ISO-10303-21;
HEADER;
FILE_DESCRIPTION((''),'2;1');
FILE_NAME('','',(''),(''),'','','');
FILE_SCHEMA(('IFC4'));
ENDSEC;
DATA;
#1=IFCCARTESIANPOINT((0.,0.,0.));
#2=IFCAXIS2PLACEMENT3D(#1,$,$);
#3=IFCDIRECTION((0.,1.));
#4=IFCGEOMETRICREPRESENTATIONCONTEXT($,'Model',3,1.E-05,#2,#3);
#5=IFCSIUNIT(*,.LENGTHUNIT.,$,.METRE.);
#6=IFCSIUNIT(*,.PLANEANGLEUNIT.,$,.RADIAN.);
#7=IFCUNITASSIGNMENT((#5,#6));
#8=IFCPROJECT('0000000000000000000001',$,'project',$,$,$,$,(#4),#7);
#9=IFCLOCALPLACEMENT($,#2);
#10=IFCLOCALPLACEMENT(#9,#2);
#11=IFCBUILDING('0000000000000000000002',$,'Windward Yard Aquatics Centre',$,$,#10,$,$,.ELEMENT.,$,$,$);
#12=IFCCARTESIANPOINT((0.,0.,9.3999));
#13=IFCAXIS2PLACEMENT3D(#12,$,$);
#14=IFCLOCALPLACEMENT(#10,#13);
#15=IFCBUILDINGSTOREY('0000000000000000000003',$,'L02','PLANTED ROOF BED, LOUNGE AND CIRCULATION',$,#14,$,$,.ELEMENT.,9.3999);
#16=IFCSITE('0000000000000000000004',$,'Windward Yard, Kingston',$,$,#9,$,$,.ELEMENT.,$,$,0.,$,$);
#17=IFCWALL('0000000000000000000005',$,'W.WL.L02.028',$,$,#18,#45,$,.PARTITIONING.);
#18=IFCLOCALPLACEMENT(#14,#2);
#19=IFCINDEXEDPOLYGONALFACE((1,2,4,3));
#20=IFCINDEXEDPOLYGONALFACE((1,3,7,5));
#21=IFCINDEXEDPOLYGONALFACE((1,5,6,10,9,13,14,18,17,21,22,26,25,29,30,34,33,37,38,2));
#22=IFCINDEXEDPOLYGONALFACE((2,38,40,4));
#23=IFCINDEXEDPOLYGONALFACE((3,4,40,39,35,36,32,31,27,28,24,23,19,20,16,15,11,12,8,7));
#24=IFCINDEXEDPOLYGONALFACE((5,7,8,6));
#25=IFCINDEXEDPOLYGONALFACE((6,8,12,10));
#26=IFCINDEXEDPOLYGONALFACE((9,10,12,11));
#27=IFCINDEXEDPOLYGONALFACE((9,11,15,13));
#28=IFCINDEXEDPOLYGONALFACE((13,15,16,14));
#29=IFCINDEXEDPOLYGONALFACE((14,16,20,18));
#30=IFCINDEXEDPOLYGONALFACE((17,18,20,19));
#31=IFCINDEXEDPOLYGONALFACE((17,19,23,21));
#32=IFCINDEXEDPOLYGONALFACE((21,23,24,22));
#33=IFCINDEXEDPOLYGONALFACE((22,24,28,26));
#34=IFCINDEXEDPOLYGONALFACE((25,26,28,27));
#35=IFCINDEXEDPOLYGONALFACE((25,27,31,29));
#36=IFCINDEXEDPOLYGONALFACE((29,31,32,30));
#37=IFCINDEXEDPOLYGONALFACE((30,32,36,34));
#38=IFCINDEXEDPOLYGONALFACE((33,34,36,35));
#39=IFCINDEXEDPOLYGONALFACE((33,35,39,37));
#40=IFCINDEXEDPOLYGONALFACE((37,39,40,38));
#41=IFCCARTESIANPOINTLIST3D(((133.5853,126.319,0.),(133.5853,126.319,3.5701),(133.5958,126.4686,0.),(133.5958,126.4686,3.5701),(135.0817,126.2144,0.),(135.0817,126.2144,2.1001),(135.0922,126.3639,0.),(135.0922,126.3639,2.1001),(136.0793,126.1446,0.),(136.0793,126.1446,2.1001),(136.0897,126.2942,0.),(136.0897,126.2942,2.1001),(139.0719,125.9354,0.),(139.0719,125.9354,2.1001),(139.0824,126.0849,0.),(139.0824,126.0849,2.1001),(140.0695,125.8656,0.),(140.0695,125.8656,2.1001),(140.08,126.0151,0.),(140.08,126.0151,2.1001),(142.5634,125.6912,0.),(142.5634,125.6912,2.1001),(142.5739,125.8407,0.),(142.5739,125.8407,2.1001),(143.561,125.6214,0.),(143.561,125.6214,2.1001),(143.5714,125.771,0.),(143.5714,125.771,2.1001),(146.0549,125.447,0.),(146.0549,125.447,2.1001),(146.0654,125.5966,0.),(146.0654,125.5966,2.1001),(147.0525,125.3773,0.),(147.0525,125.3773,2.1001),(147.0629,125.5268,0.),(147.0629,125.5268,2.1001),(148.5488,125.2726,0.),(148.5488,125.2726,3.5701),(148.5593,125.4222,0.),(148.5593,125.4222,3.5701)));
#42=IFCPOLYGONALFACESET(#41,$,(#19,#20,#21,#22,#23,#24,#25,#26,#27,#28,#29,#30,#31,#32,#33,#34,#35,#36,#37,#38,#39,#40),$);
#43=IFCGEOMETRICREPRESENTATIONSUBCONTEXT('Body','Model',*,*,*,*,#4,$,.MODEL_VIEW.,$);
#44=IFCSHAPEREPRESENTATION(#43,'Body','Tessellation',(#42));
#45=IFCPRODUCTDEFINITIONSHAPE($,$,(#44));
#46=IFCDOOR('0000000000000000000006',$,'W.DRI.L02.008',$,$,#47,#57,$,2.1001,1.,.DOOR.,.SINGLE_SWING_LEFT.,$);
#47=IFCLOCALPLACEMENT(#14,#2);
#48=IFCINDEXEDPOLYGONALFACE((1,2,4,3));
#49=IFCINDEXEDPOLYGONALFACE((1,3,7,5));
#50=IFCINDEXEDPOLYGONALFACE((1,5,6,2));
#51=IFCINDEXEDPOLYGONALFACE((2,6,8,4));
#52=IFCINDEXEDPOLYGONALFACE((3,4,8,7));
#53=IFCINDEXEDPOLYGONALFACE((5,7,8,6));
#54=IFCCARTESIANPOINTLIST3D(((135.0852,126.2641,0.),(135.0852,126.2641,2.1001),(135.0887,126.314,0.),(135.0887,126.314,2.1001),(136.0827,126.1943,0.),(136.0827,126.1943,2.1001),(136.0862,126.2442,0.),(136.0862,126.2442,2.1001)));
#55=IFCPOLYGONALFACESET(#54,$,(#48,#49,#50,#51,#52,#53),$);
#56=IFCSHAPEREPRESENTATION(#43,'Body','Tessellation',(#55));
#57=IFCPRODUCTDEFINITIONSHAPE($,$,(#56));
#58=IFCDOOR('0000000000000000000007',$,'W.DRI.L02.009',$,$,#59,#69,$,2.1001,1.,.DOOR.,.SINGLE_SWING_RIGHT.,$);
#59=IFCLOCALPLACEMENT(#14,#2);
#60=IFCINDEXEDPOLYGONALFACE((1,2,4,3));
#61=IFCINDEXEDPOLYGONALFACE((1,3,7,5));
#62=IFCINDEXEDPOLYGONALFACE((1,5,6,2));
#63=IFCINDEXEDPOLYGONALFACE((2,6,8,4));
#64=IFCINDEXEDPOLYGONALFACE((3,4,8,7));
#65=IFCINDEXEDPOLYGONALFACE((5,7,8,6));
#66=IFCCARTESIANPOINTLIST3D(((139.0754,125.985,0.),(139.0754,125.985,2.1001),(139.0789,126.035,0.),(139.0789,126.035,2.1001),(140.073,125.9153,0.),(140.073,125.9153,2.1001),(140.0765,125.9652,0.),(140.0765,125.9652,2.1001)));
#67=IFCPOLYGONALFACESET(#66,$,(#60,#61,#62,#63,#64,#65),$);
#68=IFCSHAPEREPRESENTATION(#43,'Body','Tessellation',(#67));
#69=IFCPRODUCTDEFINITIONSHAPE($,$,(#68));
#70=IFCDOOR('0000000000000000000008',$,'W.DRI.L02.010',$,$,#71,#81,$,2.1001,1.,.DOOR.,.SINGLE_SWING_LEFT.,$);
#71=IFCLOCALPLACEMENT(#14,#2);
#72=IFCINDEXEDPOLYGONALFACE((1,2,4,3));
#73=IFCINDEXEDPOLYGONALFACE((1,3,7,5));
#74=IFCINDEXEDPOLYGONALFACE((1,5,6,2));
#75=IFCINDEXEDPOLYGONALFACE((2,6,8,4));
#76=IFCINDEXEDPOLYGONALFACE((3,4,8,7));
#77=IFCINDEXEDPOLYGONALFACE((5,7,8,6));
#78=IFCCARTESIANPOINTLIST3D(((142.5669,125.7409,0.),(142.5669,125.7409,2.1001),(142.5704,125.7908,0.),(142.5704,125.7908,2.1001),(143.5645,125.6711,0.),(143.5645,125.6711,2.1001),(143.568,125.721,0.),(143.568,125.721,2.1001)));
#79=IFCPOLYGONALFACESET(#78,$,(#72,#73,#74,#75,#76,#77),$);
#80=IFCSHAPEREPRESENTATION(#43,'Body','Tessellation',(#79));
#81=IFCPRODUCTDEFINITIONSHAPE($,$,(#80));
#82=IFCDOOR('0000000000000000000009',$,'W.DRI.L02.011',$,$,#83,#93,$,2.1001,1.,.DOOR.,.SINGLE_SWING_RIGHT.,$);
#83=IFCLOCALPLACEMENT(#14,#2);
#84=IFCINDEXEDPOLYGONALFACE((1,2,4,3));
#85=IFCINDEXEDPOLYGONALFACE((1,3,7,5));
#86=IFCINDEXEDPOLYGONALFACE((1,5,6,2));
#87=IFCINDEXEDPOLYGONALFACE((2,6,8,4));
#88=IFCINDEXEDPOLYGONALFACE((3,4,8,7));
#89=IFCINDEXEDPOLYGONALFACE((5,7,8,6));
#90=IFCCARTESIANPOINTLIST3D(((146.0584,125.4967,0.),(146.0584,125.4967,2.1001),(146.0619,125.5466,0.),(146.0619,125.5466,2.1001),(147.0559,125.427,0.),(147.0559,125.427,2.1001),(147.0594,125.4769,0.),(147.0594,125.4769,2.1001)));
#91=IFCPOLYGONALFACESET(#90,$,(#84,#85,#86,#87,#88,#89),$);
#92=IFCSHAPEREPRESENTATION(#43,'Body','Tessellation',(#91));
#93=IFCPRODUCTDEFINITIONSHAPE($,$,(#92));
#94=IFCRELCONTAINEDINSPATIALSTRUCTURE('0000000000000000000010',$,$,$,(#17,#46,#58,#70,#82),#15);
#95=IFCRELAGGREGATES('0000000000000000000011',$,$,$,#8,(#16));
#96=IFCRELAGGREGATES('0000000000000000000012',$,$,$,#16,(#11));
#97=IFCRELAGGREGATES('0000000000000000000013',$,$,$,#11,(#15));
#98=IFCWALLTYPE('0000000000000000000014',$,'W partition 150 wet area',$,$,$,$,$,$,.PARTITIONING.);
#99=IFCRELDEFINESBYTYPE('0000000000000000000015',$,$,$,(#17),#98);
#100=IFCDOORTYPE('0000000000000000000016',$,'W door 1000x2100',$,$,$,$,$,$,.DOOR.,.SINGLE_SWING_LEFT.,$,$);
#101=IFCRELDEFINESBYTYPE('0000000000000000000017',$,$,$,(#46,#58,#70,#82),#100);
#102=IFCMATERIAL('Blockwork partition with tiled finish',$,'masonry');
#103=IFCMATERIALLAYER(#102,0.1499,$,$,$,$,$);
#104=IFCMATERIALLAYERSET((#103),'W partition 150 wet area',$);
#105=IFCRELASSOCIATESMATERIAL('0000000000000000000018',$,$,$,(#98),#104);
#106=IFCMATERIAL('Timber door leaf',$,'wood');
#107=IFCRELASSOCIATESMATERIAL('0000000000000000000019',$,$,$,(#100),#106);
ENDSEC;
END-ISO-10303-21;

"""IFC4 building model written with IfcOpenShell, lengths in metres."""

from ifc_helpers import new_model, si_unit, direction, frame, frame_2d, origin, place, context, subcontext, project, spatial, rectangle, extrude, material, layer, layer_set, type_object, element, fill, save


model = new_model("IFC4")

# Units and contexts
model_context = context("Model", 3, precision=1e-05, world=origin(), true_north=direction((0.0, 1.0)))
body_context = subcontext(model_context, "Body", "Model", "MODEL_VIEW")
ifc_project = project(units=[si_unit("LENGTHUNIT", "METRE"), si_unit("PLANEANGLEUNIT", "RADIAN")], contexts=[model_context])

# Site, building, storey
site_placement = place(None, origin())
site = spatial("IfcSite", under=ifc_project, at=site_placement, Name="Windward Yard, Kingston", CompositionType="ELEMENT", RefElevation=0.0)
building_placement = place(site_placement, origin())
building = spatial("IfcBuilding", under=site, at=building_placement, Name="Windward Yard Aquatics Centre", CompositionType="ELEMENT")
storey_placement = place(building_placement, frame((0.0, 0.0, 9.3999)))
storey = spatial("IfcBuildingStorey", under=building, at=storey_placement, Name="L02", Description="PLANTED ROOF BED, LOUNGE AND CIRCULATION", CompositionType="ELEMENT", Elevation=9.3999)

# Shared definitions
ifc_material_1 = material(Name="Blockwork partition with tiled finish", Category="masonry")
ifc_layer_1 = layer(ifc_material_1, 0.1499)
ifc_layer_set_1 = layer_set([ifc_layer_1], Name="W partition 150 wet area")
wall_type_1 = type_object("IfcWallType", Name="W partition 150 wet area", PredefinedType="PARTITIONING", material=ifc_layer_set_1)

# Wall, openings, doors
ifc_material_2 = material(Name="Timber door leaf", Category="wood")
door_type_1 = type_object("IfcDoorType", Name="W door 1000x2100", OperationType="SINGLE_SWING_LEFT", PredefinedType="DOOR", material=ifc_material_2)
wall_1_placement = place(storey_placement, frame((133.5906, 126.3938, 0.0), z_axis=(0.0, 0.0, 1.0), x_axis=(0.997564, -0.069759, 0.0)))
wall_1 = element("IfcWall", 1, at=wall_1_placement, inside=storey, type_object=wall_type_1, Name="W.WL.L02.028", PredefinedType="PARTITIONING", context=body_context, shape_type="SweptSolid", body=[
    extrude(rectangle(XDim=15.0, YDim=0.1499, at=frame_2d((7.5, 0.0))), origin(), (0.0, 0.0, 1.0), 3.5701),
])
opening_1_placement = place(wall_1_placement, frame((1.5, 0.0, 0.0)))
opening_1 = element("IfcOpeningElement", 2, at=opening_1_placement, cuts=wall_1, PredefinedType="OPENING", context=body_context, shape_type="SweptSolid", body=[
    extrude(rectangle(XDim=1.0, YDim=2.1001, at=frame_2d((0.5, 1.05))), frame((0.0, 0.085, 0.0), z_axis=(0.0, -1.0, 0.0), x_axis=(1.0, 0.0, 0.0)), (0.0, 0.0, 1.0), 0.1699),
])
opening_2_placement = place(wall_1_placement, frame((5.5, 0.0, 0.0)))
opening_2 = element("IfcOpeningElement", 3, at=opening_2_placement, cuts=wall_1, PredefinedType="OPENING", context=body_context, shape_type="SweptSolid", body=[
    extrude(rectangle(XDim=1.0, YDim=2.1001, at=frame_2d((0.5, 1.05))), frame((0.0, 0.085, 0.0), z_axis=(0.0, -1.0, 0.0), x_axis=(1.0, 0.0, 0.0)), (0.0, 0.0, 1.0), 0.1699),
])
opening_3_placement = place(wall_1_placement, frame((9.0, 0.0, 0.0)))
opening_3 = element("IfcOpeningElement", 4, at=opening_3_placement, cuts=wall_1, PredefinedType="OPENING", context=body_context, shape_type="SweptSolid", body=[
    extrude(rectangle(XDim=1.0, YDim=2.1001, at=frame_2d((0.5, 1.05))), frame((0.0, 0.085, 0.0), z_axis=(0.0, -1.0, 0.0), x_axis=(1.0, 0.0, 0.0)), (0.0, 0.0, 1.0), 0.1699),
])
opening_4_placement = place(wall_1_placement, frame((12.5, 0.0, 0.0)))
opening_4 = element("IfcOpeningElement", 5, at=opening_4_placement, cuts=wall_1, PredefinedType="OPENING", context=body_context, shape_type="SweptSolid", body=[
    extrude(rectangle(XDim=1.0, YDim=2.1001, at=frame_2d((0.5, 1.05))), frame((0.0, 0.085, 0.0), z_axis=(0.0, -1.0, 0.0), x_axis=(1.0, 0.0, 0.0)), (0.0, 0.0, 1.0), 0.1699),
])
door_1_placement = place(opening_1_placement, origin())
door_1 = element("IfcDoor", 6, at=door_1_placement, inside=storey, type_object=door_type_1, Name="W.DRI.L02.008", OperationType="SINGLE_SWING_LEFT", OverallHeight=2.1001, OverallWidth=1.0, PredefinedType="DOOR", context=body_context, shape_type="SweptSolid", body=[
    extrude(rectangle(XDim=1.0, YDim=2.1001, at=frame_2d((0.5, 1.05))), frame((0.0, 0.0249, 0.0), z_axis=(0.0, -1.0, 0.0), x_axis=(1.0, 0.0, 0.0)), (0.0, 0.0, 1.0), 0.05),
])
fill(opening_1, door_1)
door_2_placement = place(opening_2_placement, origin())
door_2 = element("IfcDoor", 7, at=door_2_placement, inside=storey, type_object=door_type_1, Name="W.DRI.L02.009", OperationType="SINGLE_SWING_RIGHT", OverallHeight=2.1001, OverallWidth=1.0, PredefinedType="DOOR", context=body_context, shape_type="SweptSolid", body=[
    extrude(rectangle(XDim=1.0, YDim=2.1001, at=frame_2d((0.5, 1.05))), frame((0.0, 0.0249, 0.0), z_axis=(0.0, -1.0, 0.0), x_axis=(1.0, 0.0, 0.0)), (0.0, 0.0, 1.0), 0.05),
])
fill(opening_2, door_2)
door_3_placement = place(opening_3_placement, origin())
door_3 = element("IfcDoor", 8, at=door_3_placement, inside=storey, type_object=door_type_1, Name="W.DRI.L02.010", OperationType="SINGLE_SWING_LEFT", OverallHeight=2.1001, OverallWidth=1.0, PredefinedType="DOOR", context=body_context, shape_type="SweptSolid", body=[
    extrude(rectangle(XDim=1.0, YDim=2.1001, at=frame_2d((0.5, 1.05))), frame((0.0, 0.0249, 0.0), z_axis=(0.0, -1.0, 0.0), x_axis=(1.0, 0.0, 0.0)), (0.0, 0.0, 1.0), 0.05),
])
fill(opening_3, door_3)
door_4_placement = place(opening_4_placement, origin())
door_4 = element("IfcDoor", 9, at=door_4_placement, inside=storey, type_object=door_type_1, Name="W.DRI.L02.011", OperationType="SINGLE_SWING_RIGHT", OverallHeight=2.1001, OverallWidth=1.0, PredefinedType="DOOR", context=body_context, shape_type="SweptSolid", body=[
    extrude(rectangle(XDim=1.0, YDim=2.1001, at=frame_2d((0.5, 1.05))), frame((0.0, 0.0249, 0.0), z_axis=(0.0, -1.0, 0.0), x_axis=(1.0, 0.0, 0.0)), (0.0, 0.0, 1.0), 0.05),
])
fill(opening_4, door_4)

save(model, "model.ifc")
